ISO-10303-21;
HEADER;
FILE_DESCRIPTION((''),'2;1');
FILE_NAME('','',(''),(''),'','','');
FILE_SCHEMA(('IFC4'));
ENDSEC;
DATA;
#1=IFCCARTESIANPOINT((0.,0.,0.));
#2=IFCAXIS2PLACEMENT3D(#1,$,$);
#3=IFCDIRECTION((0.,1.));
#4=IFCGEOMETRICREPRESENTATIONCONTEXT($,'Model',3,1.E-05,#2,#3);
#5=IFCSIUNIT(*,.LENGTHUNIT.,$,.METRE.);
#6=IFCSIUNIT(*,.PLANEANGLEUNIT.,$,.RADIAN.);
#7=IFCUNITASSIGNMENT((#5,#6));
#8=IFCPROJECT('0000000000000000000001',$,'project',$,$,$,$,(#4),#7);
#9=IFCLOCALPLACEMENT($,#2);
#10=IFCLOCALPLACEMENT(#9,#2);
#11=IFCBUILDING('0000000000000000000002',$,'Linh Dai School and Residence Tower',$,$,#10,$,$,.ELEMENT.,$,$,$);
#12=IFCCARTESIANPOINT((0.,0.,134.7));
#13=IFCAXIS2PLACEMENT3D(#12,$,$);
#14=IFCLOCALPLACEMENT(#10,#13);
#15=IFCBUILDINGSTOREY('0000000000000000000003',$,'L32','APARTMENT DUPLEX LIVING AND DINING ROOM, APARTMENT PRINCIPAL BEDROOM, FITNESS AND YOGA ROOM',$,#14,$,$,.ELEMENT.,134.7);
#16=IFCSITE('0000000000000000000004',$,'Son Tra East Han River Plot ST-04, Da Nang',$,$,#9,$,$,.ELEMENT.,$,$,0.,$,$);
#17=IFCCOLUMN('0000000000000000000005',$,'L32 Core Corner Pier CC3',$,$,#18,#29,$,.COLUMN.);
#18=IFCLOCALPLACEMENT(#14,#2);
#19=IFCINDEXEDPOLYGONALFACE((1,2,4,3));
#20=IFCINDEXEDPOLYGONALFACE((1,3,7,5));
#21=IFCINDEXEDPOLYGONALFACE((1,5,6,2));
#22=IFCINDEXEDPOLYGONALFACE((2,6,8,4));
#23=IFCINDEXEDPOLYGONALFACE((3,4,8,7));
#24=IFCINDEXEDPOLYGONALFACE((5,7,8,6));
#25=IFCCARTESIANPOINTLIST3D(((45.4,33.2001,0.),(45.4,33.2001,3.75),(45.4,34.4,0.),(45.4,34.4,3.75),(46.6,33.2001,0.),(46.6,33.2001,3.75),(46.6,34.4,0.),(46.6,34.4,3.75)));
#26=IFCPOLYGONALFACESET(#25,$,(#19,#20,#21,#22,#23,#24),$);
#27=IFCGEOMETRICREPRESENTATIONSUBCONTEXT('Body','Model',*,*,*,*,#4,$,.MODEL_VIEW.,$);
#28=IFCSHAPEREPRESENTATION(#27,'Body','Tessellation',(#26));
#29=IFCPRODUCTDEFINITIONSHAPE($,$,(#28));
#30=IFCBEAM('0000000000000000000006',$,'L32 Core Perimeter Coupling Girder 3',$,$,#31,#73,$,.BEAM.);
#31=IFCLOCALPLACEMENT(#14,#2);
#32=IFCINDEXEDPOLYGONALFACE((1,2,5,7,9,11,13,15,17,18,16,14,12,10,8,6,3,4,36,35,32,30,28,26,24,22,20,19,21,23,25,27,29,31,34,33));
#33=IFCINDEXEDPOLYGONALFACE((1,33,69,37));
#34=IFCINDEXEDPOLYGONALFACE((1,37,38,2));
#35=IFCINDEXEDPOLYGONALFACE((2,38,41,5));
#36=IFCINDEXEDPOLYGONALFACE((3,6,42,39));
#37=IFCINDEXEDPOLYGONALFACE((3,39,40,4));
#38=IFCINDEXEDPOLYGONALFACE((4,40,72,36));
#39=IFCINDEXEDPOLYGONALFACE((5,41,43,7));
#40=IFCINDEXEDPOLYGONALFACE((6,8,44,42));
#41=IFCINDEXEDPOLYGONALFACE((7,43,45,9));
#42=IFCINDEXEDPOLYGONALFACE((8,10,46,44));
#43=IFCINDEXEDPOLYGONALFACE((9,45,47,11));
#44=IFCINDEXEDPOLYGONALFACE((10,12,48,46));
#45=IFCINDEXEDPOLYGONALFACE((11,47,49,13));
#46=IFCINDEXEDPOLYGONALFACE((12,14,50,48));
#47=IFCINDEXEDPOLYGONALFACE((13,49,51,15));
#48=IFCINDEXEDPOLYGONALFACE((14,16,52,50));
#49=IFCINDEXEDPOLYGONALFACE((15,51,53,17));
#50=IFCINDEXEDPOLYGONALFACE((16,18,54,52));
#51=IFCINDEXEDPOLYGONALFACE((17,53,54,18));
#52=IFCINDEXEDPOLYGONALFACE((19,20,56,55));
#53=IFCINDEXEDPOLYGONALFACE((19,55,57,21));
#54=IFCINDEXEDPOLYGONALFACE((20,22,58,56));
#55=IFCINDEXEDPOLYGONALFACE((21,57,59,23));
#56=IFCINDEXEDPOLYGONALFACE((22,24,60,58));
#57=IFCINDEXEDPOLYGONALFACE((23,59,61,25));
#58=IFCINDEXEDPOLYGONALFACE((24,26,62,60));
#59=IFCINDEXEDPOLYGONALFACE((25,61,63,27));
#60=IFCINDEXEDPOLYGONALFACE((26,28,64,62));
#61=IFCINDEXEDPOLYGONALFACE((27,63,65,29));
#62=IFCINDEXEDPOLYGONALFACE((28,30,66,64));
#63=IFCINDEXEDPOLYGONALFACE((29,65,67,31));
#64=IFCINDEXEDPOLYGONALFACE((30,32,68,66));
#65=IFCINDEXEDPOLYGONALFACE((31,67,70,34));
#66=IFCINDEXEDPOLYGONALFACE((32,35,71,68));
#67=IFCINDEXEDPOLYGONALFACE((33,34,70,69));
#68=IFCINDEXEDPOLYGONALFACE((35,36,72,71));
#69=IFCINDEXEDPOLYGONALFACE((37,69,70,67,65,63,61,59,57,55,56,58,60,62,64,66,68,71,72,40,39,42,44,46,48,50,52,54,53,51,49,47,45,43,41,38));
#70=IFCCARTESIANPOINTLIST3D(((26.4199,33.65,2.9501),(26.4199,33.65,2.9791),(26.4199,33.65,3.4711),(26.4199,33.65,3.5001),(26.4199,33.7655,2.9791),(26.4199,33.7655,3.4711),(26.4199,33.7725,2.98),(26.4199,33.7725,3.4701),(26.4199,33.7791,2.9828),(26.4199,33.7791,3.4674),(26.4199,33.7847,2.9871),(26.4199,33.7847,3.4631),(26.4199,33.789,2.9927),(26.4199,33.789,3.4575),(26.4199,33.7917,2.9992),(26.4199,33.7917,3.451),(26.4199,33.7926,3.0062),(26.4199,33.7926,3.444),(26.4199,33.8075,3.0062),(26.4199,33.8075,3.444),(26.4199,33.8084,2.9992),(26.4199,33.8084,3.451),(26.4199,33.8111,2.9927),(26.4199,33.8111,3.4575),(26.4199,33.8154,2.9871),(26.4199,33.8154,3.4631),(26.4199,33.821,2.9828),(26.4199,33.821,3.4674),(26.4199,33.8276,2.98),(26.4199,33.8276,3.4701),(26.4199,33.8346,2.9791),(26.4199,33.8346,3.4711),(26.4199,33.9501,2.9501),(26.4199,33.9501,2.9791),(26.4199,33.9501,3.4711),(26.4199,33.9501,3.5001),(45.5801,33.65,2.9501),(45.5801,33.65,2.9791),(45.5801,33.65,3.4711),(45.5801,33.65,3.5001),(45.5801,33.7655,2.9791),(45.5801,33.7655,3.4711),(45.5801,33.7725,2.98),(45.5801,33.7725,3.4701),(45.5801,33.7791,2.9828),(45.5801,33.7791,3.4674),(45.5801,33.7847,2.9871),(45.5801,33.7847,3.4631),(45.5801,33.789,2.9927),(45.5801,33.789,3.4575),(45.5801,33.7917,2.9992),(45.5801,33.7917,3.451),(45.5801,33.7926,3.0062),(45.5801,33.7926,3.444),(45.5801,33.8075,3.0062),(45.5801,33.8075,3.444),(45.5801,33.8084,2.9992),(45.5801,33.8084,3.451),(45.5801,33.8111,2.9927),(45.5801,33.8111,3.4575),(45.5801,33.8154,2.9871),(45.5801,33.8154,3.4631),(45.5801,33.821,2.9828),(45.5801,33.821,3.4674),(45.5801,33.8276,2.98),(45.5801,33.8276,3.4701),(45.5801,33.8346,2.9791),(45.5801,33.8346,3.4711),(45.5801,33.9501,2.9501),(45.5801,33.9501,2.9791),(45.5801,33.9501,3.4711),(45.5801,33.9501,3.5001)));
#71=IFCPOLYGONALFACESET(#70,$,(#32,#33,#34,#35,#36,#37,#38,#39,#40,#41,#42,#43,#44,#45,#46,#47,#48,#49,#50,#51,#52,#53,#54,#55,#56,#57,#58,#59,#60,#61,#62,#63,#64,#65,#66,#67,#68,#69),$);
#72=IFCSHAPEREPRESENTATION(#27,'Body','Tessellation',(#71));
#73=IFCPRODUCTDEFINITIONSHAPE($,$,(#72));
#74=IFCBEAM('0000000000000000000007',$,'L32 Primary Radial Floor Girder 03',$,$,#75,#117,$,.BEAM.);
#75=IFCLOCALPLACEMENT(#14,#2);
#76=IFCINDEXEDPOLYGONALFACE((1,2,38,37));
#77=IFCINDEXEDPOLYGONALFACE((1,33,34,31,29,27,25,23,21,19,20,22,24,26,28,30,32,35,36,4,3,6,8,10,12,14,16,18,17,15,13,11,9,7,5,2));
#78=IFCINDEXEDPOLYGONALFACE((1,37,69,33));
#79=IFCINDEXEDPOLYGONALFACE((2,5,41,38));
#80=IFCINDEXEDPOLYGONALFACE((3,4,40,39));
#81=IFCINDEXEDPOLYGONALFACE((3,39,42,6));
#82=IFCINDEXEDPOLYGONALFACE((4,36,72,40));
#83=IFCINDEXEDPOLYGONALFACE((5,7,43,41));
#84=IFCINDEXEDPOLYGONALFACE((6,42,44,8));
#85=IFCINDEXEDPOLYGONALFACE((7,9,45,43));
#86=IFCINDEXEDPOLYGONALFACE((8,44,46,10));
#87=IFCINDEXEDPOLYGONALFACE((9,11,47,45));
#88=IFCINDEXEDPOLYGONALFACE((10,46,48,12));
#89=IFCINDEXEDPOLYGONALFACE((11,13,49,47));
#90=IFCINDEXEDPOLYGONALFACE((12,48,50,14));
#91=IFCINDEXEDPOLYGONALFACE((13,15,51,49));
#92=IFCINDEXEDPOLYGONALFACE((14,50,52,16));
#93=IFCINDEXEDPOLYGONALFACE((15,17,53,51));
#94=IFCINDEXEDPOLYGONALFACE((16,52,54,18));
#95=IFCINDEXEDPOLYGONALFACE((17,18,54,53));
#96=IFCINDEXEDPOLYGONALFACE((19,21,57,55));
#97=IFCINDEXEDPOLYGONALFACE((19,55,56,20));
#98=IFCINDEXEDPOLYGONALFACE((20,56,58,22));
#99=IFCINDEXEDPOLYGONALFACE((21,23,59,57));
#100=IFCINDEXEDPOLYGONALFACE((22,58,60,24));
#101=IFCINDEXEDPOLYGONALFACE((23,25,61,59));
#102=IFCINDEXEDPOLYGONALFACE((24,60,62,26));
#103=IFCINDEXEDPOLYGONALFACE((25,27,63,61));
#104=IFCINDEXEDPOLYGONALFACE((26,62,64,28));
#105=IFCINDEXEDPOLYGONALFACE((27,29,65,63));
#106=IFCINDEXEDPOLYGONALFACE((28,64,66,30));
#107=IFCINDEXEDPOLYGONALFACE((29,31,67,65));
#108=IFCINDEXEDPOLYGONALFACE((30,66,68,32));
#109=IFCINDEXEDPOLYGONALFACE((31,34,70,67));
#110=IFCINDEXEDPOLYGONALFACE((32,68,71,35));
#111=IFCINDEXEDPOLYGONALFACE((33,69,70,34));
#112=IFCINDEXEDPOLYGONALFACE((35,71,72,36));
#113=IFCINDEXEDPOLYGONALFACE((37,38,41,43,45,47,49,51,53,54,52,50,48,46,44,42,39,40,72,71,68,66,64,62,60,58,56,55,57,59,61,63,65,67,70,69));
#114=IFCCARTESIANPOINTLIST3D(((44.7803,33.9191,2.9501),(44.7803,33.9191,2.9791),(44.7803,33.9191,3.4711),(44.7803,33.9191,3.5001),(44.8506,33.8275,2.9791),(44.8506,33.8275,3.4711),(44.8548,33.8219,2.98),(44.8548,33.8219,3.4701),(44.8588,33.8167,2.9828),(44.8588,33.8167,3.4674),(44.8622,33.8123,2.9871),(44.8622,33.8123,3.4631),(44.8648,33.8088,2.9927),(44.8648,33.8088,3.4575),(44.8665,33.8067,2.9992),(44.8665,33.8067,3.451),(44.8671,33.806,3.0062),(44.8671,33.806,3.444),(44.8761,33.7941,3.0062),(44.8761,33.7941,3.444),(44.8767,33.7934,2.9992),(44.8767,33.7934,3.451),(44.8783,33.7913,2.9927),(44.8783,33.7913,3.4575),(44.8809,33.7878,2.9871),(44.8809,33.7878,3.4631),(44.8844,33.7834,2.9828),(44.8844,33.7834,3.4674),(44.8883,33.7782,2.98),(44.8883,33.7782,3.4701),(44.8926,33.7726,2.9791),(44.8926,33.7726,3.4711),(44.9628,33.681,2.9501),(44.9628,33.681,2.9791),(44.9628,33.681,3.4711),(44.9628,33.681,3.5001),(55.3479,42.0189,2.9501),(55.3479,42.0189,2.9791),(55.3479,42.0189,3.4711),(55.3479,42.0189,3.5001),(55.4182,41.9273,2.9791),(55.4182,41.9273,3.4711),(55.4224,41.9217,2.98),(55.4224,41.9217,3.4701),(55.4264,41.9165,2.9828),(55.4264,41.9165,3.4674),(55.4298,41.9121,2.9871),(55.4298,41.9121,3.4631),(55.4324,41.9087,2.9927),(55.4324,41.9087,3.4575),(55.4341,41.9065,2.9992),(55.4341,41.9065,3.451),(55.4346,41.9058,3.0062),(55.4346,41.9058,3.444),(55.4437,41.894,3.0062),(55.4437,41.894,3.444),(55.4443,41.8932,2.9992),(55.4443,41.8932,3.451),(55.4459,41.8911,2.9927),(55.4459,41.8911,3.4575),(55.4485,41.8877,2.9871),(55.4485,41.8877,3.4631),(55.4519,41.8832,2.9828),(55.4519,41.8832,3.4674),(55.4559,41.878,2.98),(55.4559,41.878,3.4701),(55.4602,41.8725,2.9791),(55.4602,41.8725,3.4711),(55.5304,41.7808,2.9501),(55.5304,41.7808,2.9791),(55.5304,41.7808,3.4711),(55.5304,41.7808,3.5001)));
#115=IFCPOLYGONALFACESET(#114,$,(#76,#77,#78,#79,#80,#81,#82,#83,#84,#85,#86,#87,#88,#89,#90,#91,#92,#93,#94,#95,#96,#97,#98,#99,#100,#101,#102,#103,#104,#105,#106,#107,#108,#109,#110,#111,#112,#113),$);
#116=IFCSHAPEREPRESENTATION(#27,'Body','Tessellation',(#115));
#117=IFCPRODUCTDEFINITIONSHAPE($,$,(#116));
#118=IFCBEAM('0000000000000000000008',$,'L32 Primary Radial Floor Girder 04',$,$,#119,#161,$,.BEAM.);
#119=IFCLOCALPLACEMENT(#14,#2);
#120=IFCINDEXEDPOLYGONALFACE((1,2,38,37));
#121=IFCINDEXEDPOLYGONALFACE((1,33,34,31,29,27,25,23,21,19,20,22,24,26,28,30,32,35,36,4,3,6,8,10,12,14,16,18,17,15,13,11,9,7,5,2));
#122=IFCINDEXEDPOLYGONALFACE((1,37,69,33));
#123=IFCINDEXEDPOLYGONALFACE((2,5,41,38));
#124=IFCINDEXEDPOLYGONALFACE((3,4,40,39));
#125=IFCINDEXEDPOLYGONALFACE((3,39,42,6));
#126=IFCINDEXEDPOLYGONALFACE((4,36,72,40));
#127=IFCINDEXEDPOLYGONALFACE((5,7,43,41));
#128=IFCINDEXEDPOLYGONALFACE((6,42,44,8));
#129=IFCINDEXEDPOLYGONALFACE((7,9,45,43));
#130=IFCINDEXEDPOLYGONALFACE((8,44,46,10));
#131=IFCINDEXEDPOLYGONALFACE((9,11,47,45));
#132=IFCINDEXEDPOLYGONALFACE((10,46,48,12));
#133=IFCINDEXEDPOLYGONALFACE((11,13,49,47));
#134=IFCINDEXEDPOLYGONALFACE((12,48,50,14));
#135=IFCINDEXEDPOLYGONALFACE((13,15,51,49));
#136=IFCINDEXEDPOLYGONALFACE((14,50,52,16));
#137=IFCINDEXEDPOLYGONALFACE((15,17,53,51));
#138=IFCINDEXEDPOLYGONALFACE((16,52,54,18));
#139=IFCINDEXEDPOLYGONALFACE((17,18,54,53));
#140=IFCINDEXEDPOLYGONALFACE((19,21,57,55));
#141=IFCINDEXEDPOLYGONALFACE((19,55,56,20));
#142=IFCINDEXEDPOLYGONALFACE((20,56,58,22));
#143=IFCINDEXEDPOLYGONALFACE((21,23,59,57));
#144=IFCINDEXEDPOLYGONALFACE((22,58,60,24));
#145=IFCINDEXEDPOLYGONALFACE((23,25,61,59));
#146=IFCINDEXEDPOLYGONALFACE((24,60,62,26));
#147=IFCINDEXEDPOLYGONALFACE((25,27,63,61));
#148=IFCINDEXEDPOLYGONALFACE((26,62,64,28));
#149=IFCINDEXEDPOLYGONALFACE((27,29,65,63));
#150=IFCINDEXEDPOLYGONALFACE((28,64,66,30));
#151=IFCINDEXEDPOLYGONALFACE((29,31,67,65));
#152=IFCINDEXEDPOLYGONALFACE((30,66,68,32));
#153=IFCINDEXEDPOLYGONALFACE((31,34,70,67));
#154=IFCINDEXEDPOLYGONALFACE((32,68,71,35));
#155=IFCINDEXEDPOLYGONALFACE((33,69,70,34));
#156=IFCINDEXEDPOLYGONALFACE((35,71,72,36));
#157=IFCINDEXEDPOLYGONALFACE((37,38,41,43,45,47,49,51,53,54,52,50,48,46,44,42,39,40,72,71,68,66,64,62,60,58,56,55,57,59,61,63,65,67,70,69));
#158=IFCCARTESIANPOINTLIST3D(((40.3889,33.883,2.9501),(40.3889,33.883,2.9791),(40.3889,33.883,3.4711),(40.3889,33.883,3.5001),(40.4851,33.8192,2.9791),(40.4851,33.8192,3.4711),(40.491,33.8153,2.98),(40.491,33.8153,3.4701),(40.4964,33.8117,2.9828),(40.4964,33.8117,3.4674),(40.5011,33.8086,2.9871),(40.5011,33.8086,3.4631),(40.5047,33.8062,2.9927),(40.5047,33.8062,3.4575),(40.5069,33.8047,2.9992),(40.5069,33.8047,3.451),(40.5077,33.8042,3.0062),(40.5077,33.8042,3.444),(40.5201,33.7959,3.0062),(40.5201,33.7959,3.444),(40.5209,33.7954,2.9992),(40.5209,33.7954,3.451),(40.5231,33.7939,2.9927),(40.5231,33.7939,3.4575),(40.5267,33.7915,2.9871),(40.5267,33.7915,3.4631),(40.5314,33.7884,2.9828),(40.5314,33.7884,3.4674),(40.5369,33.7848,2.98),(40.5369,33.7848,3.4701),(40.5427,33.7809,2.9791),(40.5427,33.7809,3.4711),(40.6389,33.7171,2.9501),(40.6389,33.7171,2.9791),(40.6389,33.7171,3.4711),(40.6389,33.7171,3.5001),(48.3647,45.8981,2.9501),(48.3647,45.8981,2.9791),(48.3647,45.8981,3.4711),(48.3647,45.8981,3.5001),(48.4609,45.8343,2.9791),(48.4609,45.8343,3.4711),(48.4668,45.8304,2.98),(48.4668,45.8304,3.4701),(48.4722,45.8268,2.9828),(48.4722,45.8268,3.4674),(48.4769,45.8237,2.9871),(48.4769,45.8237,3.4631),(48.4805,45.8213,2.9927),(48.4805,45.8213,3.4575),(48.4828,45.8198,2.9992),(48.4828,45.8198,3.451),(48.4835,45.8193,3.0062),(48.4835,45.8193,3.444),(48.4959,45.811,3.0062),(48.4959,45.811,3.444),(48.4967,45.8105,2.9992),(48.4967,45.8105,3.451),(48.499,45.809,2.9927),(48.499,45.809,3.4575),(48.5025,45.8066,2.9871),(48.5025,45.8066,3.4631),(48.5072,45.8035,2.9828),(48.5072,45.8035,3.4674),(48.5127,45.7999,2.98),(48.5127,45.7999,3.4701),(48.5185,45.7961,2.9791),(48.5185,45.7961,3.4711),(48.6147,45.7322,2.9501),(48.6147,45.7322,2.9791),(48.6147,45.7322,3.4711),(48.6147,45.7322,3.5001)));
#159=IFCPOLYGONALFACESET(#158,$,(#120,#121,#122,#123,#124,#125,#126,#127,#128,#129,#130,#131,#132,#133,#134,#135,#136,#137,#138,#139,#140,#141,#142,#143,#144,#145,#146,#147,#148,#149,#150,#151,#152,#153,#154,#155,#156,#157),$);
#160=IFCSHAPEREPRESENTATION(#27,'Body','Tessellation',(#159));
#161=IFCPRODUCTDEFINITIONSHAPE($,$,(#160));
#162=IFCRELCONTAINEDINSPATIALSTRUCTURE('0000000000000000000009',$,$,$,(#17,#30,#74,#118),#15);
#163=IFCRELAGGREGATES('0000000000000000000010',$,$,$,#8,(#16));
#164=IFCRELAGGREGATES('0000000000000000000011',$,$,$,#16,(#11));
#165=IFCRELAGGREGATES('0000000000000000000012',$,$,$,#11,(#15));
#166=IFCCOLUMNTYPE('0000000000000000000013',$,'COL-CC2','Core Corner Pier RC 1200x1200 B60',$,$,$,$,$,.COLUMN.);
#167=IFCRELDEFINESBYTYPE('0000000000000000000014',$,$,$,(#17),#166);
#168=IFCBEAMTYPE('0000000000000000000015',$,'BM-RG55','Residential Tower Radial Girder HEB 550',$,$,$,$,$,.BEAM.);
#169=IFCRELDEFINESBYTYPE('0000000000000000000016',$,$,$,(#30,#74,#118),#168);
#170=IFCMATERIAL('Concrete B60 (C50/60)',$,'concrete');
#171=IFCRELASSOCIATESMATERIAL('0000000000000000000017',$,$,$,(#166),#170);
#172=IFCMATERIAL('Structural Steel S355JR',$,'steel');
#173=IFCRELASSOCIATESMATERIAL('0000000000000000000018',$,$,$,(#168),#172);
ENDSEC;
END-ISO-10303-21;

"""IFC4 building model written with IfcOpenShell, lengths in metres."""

from ifc_helpers import new_model, si_unit, direction, frame, origin, origin_2d, place, context, subcontext, project, spatial, rectangle, i_section, extrude, material, material_profile, profile_set, type_object, element, save


model = new_model("IFC4")

# Units and contexts
model_context = context("Model", 3, precision=1e-05, world=origin(), true_north=direction((0.0, 1.0)))
body_context = subcontext(model_context, "Body", "Model", "MODEL_VIEW")
ifc_project = project(units=[si_unit("LENGTHUNIT", "METRE"), si_unit("PLANEANGLEUNIT", "RADIAN")], contexts=[model_context])

# Site, building, storey
site_placement = place(None, origin())
site = spatial("IfcSite", under=ifc_project, at=site_placement, Name="Son Tra East Han River Plot ST-04, Da Nang", CompositionType="ELEMENT", RefElevation=0.0)
building_placement = place(site_placement, origin())
building = spatial("IfcBuilding", under=site, at=building_placement, Name="Linh Dai School and Residence Tower", CompositionType="ELEMENT")
storey_placement = place(building_placement, frame((0.0, 0.0, 134.7)))
storey = spatial("IfcBuildingStorey", under=building, at=storey_placement, Name="L32", Description="APARTMENT DUPLEX LIVING AND DINING ROOM, APARTMENT PRINCIPAL BEDROOM, FITNESS AND YOGA ROOM", CompositionType="ELEMENT", Elevation=134.7)

# Column
ifc_material_1 = material(Name="Concrete B60 (C50/60)", Category="concrete")
ifc_material_profile_1 = material_profile(ifc_material_1, rectangle(XDim=1.2, YDim=1.2, at=origin_2d()), Name="RC 1200x1200")
ifc_profile_set_1 = profile_set([ifc_material_profile_1], Name="Concrete B60 (C50/60)")
column_type = type_object("IfcColumnType", Name="COL-CC2", Description="Core Corner Pier RC 1200x1200 B60", PredefinedType="COLUMN", material=ifc_profile_set_1)
column_placement = place(storey_placement, frame((46.0, 33.8, 0.0), z_axis=(0.0, 0.0, 1.0), x_axis=(1.0, 0.0, 0.0)))
element("IfcColumn", 1, at=column_placement, inside=storey, type_object=column_type, Name="L32 Core Corner Pier CC3", PredefinedType="COLUMN", context=body_context, shape_type="SweptSolid", body=[
    extrude(rectangle(XDim=1.2, YDim=1.2, at=origin_2d()), origin(), (0.0, 0.0, 1.0), 3.75),
])

# Beams
ifc_material_2 = material(Name="Structural Steel S355JR", Category="steel")
ifc_material_profile_2 = material_profile(ifc_material_2, i_section(OverallWidth=0.3, OverallDepth=0.55, WebThickness=0.0149, FlangeThickness=0.0291, FilletRadius=0.0271, at=origin_2d()), Name="HEB 550")
ifc_profile_set_2 = profile_set([ifc_material_profile_2], Name="Structural Steel S355JR")
beam_type_1 = type_object("IfcBeamType", Name="BM-RG55", Description="Residential Tower Radial Girder HEB 550", PredefinedType="BEAM", material=ifc_profile_set_2)
beam_1_placement = place(storey_placement, frame((45.5801, 33.8, 3.2251), z_axis=(-1.0, 0.0, 0.0), x_axis=(0.0, -1.0, 0.0)))
element("IfcBeam", 2, at=beam_1_placement, inside=storey, type_object=beam_type_1, Name="L32 Core Perimeter Coupling Girder 3", PredefinedType="BEAM", context=body_context, shape_type="SweptSolid", body=[
    extrude(i_section(OverallWidth=0.3, OverallDepth=0.55, WebThickness=0.0149, FlangeThickness=0.0291, FilletRadius=0.0271, at=origin_2d()), origin(), (0.0, 0.0, 1.0), 19.1602),
])
beam_2_placement = place(storey_placement, frame((44.8716, 33.8, 3.2251), z_axis=(0.793679, 0.608337, 0.0), x_axis=(-0.608337, 0.793679, 0.0)))
element("IfcBeam", 3, at=beam_2_placement, inside=storey, type_object=beam_type_1, Name="L32 Primary Radial Floor Girder 03", PredefinedType="BEAM", context=body_context, shape_type="SweptSolid", body=[
    extrude(i_section(OverallWidth=0.3, OverallDepth=0.55, WebThickness=0.0149, FlangeThickness=0.0291, FilletRadius=0.0271, at=origin_2d()), origin(), (0.0, 0.0, 1.0), 13.3147),
])
beam_3_placement = place(storey_placement, frame((40.5139, 33.8, 3.2251), z_axis=(0.553054, 0.833145, 0.0), x_axis=(-0.833145, 0.553054, 0.0)))
element("IfcBeam", 4, at=beam_3_placement, inside=storey, type_object=beam_type_1, Name="L32 Primary Radial Floor Girder 04", PredefinedType="BEAM", context=body_context, shape_type="SweptSolid", body=[
    extrude(i_section(OverallWidth=0.3, OverallDepth=0.55, WebThickness=0.0149, FlangeThickness=0.0291, FilletRadius=0.0271, at=origin_2d()), origin(), (0.0, 0.0, 1.0), 14.4214),
])

save(model, "model.ifc")
